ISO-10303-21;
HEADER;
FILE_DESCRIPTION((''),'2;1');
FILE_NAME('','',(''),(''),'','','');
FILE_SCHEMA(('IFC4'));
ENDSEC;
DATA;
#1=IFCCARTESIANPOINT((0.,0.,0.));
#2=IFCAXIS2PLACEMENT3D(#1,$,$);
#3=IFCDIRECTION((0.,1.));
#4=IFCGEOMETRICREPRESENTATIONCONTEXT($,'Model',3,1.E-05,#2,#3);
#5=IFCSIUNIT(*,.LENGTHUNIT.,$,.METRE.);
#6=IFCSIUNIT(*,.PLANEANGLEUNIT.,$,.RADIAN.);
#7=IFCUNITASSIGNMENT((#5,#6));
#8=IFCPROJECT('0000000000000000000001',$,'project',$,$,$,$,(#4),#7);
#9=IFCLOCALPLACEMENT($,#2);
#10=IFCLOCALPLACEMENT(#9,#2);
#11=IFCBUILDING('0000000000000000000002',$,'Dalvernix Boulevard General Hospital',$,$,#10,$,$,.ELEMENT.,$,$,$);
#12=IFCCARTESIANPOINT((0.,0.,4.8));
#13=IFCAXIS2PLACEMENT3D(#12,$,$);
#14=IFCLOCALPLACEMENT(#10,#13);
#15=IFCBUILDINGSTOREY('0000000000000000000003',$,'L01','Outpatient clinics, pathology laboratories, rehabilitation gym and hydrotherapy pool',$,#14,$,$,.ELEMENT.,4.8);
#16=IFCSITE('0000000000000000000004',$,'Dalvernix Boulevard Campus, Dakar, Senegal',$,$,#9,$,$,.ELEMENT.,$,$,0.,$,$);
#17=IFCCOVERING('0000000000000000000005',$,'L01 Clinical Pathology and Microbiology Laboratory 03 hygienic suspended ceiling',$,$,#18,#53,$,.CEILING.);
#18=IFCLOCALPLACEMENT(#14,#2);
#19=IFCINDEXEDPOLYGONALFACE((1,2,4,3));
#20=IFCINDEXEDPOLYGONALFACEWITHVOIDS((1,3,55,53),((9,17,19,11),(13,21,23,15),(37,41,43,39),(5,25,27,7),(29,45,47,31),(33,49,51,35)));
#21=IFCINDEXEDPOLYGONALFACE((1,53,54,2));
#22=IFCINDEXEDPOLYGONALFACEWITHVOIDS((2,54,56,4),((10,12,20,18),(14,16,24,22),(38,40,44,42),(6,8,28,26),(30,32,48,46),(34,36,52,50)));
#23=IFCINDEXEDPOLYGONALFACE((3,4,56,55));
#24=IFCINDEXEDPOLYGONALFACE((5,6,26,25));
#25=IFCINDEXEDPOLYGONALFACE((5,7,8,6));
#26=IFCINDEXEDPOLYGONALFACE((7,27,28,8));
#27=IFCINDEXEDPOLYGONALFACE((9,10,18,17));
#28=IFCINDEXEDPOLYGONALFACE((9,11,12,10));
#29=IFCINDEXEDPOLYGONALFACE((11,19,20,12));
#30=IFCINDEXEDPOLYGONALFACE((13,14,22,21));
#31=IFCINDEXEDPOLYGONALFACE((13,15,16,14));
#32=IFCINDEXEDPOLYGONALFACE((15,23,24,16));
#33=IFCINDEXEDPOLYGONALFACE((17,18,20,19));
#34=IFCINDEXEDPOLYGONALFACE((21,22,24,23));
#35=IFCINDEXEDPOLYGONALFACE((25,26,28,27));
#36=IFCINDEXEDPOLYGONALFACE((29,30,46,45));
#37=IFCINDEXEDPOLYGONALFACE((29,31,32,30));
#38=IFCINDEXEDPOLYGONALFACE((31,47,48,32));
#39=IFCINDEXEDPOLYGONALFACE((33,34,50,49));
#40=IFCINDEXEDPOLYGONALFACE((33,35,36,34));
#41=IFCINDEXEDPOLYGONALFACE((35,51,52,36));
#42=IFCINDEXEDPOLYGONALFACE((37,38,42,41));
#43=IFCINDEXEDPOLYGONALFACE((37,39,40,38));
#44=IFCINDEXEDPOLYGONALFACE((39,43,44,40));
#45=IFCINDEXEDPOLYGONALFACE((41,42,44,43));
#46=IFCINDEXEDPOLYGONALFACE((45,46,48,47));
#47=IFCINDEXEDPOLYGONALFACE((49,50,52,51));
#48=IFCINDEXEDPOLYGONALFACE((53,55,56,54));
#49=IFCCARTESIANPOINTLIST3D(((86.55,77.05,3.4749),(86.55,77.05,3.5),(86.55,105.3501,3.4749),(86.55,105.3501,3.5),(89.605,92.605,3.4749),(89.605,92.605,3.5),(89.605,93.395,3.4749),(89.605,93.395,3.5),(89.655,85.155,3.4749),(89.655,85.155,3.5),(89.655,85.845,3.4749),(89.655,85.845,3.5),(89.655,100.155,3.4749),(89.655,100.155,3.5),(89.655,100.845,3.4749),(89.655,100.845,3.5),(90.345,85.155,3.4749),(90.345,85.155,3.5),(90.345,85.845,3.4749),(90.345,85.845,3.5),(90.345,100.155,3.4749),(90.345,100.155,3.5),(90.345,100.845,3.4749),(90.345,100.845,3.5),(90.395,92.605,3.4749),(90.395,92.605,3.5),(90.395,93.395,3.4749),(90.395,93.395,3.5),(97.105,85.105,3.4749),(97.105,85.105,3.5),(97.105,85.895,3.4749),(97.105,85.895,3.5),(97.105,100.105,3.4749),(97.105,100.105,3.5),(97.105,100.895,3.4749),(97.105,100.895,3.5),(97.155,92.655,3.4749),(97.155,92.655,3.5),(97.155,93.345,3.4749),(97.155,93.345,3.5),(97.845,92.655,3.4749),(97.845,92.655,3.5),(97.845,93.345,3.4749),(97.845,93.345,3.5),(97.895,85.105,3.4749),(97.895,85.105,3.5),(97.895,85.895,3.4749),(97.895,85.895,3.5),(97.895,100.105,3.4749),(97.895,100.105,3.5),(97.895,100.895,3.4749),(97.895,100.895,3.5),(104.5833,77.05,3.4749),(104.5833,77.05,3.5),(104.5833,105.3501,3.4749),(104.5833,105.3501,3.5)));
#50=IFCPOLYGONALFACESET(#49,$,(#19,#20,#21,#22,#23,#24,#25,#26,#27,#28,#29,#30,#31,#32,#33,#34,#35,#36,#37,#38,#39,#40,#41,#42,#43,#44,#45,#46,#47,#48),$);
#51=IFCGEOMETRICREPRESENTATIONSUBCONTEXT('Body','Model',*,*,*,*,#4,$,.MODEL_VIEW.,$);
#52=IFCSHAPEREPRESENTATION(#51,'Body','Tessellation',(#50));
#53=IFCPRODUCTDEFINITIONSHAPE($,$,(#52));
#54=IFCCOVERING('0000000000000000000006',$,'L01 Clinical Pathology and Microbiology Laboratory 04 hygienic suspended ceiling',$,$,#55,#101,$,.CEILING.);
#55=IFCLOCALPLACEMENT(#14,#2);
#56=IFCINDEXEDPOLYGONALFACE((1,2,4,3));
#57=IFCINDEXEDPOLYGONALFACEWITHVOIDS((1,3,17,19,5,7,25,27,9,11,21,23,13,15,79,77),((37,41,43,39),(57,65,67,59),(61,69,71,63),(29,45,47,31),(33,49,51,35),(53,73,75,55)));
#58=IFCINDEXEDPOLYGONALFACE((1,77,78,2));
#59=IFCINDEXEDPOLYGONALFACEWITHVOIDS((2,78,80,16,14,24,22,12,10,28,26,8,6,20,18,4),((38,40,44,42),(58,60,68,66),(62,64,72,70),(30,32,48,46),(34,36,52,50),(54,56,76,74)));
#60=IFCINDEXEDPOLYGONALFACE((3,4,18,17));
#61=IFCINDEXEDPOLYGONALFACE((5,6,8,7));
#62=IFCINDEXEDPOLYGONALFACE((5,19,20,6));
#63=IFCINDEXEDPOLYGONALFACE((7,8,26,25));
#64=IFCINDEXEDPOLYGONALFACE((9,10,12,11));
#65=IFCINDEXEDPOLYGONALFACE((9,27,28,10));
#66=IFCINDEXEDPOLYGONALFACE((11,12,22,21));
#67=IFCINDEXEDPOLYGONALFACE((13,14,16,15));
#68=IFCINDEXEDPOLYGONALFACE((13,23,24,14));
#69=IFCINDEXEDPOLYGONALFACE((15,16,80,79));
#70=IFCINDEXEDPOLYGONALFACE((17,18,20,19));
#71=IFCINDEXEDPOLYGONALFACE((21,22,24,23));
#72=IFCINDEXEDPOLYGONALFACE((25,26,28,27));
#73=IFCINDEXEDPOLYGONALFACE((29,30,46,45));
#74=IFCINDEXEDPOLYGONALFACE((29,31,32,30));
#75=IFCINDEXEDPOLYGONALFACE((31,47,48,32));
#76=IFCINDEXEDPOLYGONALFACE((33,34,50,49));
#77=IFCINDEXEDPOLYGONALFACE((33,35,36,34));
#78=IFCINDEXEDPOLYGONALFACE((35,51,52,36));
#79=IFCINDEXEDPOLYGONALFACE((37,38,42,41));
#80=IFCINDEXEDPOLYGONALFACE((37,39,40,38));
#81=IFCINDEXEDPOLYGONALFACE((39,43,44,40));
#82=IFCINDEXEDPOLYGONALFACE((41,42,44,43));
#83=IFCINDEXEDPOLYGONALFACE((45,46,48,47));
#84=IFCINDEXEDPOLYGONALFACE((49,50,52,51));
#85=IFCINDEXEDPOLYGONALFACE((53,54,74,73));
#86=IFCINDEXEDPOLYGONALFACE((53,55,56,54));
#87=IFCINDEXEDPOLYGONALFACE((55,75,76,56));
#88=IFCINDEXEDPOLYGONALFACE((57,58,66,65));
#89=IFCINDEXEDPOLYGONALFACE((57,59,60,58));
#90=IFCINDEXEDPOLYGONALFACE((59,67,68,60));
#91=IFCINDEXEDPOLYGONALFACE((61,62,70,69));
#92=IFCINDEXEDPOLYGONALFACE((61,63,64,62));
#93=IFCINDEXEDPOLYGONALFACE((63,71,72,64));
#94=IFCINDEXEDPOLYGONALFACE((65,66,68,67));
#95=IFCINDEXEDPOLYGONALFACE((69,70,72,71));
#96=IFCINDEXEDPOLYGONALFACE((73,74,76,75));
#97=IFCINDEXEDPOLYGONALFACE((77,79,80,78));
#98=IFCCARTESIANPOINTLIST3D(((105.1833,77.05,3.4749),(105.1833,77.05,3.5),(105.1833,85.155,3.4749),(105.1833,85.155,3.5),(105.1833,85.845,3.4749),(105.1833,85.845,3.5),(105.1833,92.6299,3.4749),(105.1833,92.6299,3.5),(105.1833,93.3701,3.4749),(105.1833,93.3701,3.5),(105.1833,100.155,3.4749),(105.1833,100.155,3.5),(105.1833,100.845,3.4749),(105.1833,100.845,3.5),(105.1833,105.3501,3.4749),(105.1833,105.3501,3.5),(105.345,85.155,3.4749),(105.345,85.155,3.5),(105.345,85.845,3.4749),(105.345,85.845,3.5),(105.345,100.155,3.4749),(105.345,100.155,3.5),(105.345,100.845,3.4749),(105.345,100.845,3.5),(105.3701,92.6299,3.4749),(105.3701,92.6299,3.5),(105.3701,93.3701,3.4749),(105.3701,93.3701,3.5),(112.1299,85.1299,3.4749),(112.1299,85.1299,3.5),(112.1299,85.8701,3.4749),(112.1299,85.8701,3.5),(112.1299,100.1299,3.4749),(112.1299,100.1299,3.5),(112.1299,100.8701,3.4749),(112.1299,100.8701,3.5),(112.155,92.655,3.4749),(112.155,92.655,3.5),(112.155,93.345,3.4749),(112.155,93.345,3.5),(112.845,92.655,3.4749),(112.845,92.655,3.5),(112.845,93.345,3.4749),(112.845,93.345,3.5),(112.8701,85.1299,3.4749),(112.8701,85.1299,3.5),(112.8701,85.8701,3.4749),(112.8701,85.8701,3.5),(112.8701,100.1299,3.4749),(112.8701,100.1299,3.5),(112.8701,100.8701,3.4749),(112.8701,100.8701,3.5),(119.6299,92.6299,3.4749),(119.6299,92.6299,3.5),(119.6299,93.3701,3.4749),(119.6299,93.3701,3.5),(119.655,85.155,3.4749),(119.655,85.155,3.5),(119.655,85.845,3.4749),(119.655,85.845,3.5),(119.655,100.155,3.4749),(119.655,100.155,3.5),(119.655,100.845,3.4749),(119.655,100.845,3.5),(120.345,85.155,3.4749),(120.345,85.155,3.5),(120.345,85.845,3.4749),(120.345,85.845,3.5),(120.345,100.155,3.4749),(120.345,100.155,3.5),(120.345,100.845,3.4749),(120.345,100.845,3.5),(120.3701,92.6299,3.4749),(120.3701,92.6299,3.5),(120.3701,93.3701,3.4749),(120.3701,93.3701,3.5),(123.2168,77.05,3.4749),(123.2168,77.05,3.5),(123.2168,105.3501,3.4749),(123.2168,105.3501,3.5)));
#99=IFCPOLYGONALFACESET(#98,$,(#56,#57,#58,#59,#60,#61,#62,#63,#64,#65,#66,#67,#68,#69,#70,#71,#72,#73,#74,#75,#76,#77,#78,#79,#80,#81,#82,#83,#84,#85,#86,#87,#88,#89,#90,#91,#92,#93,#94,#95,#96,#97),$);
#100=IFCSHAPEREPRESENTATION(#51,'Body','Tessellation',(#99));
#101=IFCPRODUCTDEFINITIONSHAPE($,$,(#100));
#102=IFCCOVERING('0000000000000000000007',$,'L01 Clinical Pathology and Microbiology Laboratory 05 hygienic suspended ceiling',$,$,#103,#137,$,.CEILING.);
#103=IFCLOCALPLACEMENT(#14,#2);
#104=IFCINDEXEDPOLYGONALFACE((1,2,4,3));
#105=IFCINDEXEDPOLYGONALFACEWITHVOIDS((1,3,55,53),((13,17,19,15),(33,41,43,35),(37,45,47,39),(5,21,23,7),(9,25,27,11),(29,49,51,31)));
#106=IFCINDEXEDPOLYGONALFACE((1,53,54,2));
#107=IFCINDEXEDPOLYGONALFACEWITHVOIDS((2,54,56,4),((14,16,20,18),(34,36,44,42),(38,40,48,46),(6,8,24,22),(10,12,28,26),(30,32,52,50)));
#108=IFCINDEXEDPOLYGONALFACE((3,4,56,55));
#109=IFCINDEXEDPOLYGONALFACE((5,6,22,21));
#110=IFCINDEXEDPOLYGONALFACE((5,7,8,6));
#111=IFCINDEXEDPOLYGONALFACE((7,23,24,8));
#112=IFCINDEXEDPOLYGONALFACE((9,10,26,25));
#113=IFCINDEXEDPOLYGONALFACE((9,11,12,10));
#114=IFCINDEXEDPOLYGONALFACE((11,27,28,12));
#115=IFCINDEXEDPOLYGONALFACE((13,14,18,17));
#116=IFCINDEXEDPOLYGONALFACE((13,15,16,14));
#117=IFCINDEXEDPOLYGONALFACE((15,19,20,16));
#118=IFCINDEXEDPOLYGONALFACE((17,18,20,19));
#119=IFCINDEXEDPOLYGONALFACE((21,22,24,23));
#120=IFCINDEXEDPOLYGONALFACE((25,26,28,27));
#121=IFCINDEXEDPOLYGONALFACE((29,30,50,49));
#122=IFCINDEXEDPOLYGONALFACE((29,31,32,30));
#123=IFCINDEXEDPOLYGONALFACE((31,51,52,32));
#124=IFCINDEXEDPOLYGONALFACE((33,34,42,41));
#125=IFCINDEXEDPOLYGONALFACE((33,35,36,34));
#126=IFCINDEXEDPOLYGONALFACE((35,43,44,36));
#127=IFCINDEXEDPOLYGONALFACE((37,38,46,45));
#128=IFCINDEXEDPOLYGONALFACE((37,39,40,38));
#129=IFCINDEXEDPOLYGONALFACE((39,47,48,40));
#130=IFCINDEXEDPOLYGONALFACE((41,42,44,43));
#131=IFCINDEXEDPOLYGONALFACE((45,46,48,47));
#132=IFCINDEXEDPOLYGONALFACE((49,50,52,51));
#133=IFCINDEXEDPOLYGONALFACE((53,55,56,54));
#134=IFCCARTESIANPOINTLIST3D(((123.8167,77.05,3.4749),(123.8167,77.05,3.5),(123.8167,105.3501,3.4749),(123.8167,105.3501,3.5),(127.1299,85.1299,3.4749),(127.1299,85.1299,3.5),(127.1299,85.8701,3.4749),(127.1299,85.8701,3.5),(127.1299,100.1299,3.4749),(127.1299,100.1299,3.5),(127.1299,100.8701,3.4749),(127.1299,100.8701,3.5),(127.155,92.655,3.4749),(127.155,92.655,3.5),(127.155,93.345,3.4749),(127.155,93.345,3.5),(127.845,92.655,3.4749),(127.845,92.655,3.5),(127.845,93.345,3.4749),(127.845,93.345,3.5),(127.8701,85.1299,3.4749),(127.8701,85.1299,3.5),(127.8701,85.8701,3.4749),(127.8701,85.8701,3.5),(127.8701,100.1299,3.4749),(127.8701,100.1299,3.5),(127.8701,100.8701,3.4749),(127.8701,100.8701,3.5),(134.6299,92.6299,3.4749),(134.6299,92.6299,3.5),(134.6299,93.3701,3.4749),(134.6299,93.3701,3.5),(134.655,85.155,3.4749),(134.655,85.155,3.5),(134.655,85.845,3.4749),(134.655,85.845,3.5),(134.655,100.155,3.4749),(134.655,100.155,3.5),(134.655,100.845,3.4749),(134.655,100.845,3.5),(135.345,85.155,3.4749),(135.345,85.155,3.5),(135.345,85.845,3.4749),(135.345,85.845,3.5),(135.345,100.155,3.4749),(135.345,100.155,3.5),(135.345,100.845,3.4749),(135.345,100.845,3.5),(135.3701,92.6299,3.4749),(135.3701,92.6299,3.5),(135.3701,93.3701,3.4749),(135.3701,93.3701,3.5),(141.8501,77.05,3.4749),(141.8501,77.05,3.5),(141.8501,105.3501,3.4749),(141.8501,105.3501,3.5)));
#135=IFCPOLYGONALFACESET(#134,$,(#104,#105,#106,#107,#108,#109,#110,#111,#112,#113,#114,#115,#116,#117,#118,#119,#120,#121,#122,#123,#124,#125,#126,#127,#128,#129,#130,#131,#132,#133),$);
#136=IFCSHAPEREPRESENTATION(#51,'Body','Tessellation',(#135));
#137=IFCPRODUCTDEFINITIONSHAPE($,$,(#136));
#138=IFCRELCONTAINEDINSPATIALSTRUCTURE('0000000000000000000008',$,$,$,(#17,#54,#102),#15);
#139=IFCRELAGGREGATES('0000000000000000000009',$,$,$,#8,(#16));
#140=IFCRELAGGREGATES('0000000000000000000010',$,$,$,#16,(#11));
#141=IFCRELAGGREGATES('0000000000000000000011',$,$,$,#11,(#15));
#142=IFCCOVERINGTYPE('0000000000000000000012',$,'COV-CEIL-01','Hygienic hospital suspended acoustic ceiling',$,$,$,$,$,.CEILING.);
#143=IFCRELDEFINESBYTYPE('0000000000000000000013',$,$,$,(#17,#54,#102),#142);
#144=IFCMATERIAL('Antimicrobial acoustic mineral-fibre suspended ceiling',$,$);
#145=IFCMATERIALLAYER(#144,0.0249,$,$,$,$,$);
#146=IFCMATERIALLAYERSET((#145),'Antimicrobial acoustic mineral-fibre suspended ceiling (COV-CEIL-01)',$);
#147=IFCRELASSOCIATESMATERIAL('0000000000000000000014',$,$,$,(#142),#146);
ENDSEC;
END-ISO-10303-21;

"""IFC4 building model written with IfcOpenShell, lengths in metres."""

from ifc_helpers import new_model, si_unit, direction, frame, origin, place, context, subcontext, project, spatial, polyline, outline, extrude, material, layer, layer_set, type_object, element, save


model = new_model("IFC4")

# Units and contexts
model_context = context("Model", 3, precision=1e-05, world=origin(), true_north=direction((0.0, 1.0)))
body_context = subcontext(model_context, "Body", "Model", "MODEL_VIEW")
ifc_project = project(units=[si_unit("LENGTHUNIT", "METRE"), si_unit("PLANEANGLEUNIT", "RADIAN")], contexts=[model_context])

# Site, building, storey
site_placement = place(None, origin())
site = spatial("IfcSite", under=ifc_project, at=site_placement, Name="Dalvernix Boulevard Campus, Dakar, Senegal", CompositionType="ELEMENT", RefElevation=0.0)
building_placement = place(site_placement, origin())
building = spatial("IfcBuilding", under=site, at=building_placement, Name="Dalvernix Boulevard General Hospital", CompositionType="ELEMENT")
storey_placement = place(building_placement, frame((0.0, 0.0, 4.8)))
storey = spatial("IfcBuildingStorey", under=building, at=storey_placement, Name="L01", Description="Outpatient clinics, pathology laboratories, rehabilitation gym and hydrotherapy pool", CompositionType="ELEMENT", Elevation=4.8)

# Coverings
ifc_material_1 = material(Name="Antimicrobial acoustic mineral-fibre suspended ceiling")
ifc_layer_1 = layer(ifc_material_1, 0.0249)
ifc_layer_set_1 = layer_set([ifc_layer_1], Name="Antimicrobial acoustic mineral-fibre suspended ceiling (COV-CEIL-01)")
covering_type = type_object("IfcCoveringType", Name="COV-CEIL-01", Description="Hygienic hospital suspended acoustic ceiling", PredefinedType="CEILING", material=ifc_layer_set_1)
covering_1_placement = place(storey_placement, frame((0.0, 0.0, 3.4749)))
element("IfcCovering", 1, at=covering_1_placement, inside=storey, type_object=covering_type, Name="L01 Clinical Pathology and Microbiology Laboratory 03 hygienic suspended ceiling", PredefinedType="CEILING", context=body_context, shape_type="SweptSolid", body=[
    extrude(outline(polyline([(86.55, 105.3501), (104.5833, 105.3501), (104.5833, 77.05), (86.55, 77.05), (86.55, 105.3501)]), holes=[polyline([(89.655, 85.845), (89.655, 85.155), (90.345, 85.155), (90.345, 85.845), (89.655, 85.845)]), polyline([(90.395, 93.395), (89.605, 93.395), (89.605, 92.605), (90.395, 92.605), (90.395, 93.395)]), polyline([(90.345, 100.155), (90.345, 100.845), (89.655, 100.845), (89.655, 100.155), (90.345, 100.155)]), polyline([(97.105, 85.105), (97.895, 85.105), (97.895, 85.895), (97.105, 85.895), (97.105, 85.105)]), polyline([(97.155, 93.345), (97.155, 92.655), (97.845, 92.655), (97.845, 93.345), (97.155, 93.345)]), polyline([(97.895, 100.895), (97.105, 100.895), (97.105, 100.105), (97.895, 100.105), (97.895, 100.895)])]), origin(), (0.0, 0.0, 1.0), 0.0251),
])
covering_2_placement = place(storey_placement, frame((0.0, 0.0, 3.4749)))
element("IfcCovering", 2, at=covering_2_placement, inside=storey, type_object=covering_type, Name="L01 Clinical Pathology and Microbiology Laboratory 04 hygienic suspended ceiling", PredefinedType="CEILING", context=body_context, shape_type="SweptSolid", body=[
    extrude(outline(polyline([(105.1833, 93.3701), (105.1833, 100.155), (105.345, 100.155), (105.345, 100.845), (105.1833, 100.845), (105.1833, 105.3501), (123.2168, 105.3501), (123.2168, 77.05), (105.1833, 77.05), (105.1833, 85.155), (105.345, 85.155), (105.345, 85.845), (105.1833, 85.845), (105.1833, 92.6299), (105.3701, 92.6299), (105.3701, 93.3701), (105.1833, 93.3701)]), holes=[polyline([(112.1299, 85.8701), (112.1299, 85.1299), (112.8701, 85.1299), (112.8701, 85.8701), (112.1299, 85.8701)]), polyline([(112.845, 93.345), (112.155, 93.345), (112.155, 92.655), (112.845, 92.655), (112.845, 93.345)]), polyline([(112.8701, 100.1299), (112.8701, 100.8701), (112.1299, 100.8701), (112.1299, 100.1299), (112.8701, 100.1299)]), polyline([(119.655, 85.155), (120.345, 85.155), (120.345, 85.845), (119.655, 85.845), (119.655, 85.155)]), polyline([(119.6299, 93.3701), (119.6299, 92.6299), (120.3701, 92.6299), (120.3701, 93.3701), (119.6299, 93.3701)]), polyline([(120.345, 100.845), (119.655, 100.845), (119.655, 100.155), (120.345, 100.155), (120.345, 100.845)])]), origin(), (0.0, 0.0, 1.0), 0.0251),
])
covering_3_placement = place(storey_placement, frame((0.0, 0.0, 3.4749)))
element("IfcCovering", 3, at=covering_3_placement, inside=storey, type_object=covering_type, Name="L01 Clinical Pathology and Microbiology Laboratory 05 hygienic suspended ceiling", PredefinedType="CEILING", context=body_context, shape_type="SweptSolid", body=[
    extrude(outline(polyline([(123.8167, 105.3501), (141.8501, 105.3501), (141.8501, 77.05), (123.8167, 77.05), (123.8167, 105.3501)]), holes=[polyline([(127.1299, 85.8701), (127.1299, 85.1299), (127.8701, 85.1299), (127.8701, 85.8701), (127.1299, 85.8701)]), polyline([(127.845, 93.345), (127.155, 93.345), (127.155, 92.655), (127.845, 92.655), (127.845, 93.345)]), polyline([(127.8701, 100.1299), (127.8701, 100.8701), (127.1299, 100.8701), (127.1299, 100.1299), (127.8701, 100.1299)]), polyline([(134.655, 85.155), (135.345, 85.155), (135.345, 85.845), (134.655, 85.845), (134.655, 85.155)]), polyline([(134.6299, 93.3701), (134.6299, 92.6299), (135.3701, 92.6299), (135.3701, 93.3701), (134.6299, 93.3701)]), polyline([(135.345, 100.845), (134.655, 100.845), (134.655, 100.155), (135.345, 100.155), (135.345, 100.845)])]), origin(), (0.0, 0.0, 1.0), 0.0251),
])

save(model, "model.ifc")
